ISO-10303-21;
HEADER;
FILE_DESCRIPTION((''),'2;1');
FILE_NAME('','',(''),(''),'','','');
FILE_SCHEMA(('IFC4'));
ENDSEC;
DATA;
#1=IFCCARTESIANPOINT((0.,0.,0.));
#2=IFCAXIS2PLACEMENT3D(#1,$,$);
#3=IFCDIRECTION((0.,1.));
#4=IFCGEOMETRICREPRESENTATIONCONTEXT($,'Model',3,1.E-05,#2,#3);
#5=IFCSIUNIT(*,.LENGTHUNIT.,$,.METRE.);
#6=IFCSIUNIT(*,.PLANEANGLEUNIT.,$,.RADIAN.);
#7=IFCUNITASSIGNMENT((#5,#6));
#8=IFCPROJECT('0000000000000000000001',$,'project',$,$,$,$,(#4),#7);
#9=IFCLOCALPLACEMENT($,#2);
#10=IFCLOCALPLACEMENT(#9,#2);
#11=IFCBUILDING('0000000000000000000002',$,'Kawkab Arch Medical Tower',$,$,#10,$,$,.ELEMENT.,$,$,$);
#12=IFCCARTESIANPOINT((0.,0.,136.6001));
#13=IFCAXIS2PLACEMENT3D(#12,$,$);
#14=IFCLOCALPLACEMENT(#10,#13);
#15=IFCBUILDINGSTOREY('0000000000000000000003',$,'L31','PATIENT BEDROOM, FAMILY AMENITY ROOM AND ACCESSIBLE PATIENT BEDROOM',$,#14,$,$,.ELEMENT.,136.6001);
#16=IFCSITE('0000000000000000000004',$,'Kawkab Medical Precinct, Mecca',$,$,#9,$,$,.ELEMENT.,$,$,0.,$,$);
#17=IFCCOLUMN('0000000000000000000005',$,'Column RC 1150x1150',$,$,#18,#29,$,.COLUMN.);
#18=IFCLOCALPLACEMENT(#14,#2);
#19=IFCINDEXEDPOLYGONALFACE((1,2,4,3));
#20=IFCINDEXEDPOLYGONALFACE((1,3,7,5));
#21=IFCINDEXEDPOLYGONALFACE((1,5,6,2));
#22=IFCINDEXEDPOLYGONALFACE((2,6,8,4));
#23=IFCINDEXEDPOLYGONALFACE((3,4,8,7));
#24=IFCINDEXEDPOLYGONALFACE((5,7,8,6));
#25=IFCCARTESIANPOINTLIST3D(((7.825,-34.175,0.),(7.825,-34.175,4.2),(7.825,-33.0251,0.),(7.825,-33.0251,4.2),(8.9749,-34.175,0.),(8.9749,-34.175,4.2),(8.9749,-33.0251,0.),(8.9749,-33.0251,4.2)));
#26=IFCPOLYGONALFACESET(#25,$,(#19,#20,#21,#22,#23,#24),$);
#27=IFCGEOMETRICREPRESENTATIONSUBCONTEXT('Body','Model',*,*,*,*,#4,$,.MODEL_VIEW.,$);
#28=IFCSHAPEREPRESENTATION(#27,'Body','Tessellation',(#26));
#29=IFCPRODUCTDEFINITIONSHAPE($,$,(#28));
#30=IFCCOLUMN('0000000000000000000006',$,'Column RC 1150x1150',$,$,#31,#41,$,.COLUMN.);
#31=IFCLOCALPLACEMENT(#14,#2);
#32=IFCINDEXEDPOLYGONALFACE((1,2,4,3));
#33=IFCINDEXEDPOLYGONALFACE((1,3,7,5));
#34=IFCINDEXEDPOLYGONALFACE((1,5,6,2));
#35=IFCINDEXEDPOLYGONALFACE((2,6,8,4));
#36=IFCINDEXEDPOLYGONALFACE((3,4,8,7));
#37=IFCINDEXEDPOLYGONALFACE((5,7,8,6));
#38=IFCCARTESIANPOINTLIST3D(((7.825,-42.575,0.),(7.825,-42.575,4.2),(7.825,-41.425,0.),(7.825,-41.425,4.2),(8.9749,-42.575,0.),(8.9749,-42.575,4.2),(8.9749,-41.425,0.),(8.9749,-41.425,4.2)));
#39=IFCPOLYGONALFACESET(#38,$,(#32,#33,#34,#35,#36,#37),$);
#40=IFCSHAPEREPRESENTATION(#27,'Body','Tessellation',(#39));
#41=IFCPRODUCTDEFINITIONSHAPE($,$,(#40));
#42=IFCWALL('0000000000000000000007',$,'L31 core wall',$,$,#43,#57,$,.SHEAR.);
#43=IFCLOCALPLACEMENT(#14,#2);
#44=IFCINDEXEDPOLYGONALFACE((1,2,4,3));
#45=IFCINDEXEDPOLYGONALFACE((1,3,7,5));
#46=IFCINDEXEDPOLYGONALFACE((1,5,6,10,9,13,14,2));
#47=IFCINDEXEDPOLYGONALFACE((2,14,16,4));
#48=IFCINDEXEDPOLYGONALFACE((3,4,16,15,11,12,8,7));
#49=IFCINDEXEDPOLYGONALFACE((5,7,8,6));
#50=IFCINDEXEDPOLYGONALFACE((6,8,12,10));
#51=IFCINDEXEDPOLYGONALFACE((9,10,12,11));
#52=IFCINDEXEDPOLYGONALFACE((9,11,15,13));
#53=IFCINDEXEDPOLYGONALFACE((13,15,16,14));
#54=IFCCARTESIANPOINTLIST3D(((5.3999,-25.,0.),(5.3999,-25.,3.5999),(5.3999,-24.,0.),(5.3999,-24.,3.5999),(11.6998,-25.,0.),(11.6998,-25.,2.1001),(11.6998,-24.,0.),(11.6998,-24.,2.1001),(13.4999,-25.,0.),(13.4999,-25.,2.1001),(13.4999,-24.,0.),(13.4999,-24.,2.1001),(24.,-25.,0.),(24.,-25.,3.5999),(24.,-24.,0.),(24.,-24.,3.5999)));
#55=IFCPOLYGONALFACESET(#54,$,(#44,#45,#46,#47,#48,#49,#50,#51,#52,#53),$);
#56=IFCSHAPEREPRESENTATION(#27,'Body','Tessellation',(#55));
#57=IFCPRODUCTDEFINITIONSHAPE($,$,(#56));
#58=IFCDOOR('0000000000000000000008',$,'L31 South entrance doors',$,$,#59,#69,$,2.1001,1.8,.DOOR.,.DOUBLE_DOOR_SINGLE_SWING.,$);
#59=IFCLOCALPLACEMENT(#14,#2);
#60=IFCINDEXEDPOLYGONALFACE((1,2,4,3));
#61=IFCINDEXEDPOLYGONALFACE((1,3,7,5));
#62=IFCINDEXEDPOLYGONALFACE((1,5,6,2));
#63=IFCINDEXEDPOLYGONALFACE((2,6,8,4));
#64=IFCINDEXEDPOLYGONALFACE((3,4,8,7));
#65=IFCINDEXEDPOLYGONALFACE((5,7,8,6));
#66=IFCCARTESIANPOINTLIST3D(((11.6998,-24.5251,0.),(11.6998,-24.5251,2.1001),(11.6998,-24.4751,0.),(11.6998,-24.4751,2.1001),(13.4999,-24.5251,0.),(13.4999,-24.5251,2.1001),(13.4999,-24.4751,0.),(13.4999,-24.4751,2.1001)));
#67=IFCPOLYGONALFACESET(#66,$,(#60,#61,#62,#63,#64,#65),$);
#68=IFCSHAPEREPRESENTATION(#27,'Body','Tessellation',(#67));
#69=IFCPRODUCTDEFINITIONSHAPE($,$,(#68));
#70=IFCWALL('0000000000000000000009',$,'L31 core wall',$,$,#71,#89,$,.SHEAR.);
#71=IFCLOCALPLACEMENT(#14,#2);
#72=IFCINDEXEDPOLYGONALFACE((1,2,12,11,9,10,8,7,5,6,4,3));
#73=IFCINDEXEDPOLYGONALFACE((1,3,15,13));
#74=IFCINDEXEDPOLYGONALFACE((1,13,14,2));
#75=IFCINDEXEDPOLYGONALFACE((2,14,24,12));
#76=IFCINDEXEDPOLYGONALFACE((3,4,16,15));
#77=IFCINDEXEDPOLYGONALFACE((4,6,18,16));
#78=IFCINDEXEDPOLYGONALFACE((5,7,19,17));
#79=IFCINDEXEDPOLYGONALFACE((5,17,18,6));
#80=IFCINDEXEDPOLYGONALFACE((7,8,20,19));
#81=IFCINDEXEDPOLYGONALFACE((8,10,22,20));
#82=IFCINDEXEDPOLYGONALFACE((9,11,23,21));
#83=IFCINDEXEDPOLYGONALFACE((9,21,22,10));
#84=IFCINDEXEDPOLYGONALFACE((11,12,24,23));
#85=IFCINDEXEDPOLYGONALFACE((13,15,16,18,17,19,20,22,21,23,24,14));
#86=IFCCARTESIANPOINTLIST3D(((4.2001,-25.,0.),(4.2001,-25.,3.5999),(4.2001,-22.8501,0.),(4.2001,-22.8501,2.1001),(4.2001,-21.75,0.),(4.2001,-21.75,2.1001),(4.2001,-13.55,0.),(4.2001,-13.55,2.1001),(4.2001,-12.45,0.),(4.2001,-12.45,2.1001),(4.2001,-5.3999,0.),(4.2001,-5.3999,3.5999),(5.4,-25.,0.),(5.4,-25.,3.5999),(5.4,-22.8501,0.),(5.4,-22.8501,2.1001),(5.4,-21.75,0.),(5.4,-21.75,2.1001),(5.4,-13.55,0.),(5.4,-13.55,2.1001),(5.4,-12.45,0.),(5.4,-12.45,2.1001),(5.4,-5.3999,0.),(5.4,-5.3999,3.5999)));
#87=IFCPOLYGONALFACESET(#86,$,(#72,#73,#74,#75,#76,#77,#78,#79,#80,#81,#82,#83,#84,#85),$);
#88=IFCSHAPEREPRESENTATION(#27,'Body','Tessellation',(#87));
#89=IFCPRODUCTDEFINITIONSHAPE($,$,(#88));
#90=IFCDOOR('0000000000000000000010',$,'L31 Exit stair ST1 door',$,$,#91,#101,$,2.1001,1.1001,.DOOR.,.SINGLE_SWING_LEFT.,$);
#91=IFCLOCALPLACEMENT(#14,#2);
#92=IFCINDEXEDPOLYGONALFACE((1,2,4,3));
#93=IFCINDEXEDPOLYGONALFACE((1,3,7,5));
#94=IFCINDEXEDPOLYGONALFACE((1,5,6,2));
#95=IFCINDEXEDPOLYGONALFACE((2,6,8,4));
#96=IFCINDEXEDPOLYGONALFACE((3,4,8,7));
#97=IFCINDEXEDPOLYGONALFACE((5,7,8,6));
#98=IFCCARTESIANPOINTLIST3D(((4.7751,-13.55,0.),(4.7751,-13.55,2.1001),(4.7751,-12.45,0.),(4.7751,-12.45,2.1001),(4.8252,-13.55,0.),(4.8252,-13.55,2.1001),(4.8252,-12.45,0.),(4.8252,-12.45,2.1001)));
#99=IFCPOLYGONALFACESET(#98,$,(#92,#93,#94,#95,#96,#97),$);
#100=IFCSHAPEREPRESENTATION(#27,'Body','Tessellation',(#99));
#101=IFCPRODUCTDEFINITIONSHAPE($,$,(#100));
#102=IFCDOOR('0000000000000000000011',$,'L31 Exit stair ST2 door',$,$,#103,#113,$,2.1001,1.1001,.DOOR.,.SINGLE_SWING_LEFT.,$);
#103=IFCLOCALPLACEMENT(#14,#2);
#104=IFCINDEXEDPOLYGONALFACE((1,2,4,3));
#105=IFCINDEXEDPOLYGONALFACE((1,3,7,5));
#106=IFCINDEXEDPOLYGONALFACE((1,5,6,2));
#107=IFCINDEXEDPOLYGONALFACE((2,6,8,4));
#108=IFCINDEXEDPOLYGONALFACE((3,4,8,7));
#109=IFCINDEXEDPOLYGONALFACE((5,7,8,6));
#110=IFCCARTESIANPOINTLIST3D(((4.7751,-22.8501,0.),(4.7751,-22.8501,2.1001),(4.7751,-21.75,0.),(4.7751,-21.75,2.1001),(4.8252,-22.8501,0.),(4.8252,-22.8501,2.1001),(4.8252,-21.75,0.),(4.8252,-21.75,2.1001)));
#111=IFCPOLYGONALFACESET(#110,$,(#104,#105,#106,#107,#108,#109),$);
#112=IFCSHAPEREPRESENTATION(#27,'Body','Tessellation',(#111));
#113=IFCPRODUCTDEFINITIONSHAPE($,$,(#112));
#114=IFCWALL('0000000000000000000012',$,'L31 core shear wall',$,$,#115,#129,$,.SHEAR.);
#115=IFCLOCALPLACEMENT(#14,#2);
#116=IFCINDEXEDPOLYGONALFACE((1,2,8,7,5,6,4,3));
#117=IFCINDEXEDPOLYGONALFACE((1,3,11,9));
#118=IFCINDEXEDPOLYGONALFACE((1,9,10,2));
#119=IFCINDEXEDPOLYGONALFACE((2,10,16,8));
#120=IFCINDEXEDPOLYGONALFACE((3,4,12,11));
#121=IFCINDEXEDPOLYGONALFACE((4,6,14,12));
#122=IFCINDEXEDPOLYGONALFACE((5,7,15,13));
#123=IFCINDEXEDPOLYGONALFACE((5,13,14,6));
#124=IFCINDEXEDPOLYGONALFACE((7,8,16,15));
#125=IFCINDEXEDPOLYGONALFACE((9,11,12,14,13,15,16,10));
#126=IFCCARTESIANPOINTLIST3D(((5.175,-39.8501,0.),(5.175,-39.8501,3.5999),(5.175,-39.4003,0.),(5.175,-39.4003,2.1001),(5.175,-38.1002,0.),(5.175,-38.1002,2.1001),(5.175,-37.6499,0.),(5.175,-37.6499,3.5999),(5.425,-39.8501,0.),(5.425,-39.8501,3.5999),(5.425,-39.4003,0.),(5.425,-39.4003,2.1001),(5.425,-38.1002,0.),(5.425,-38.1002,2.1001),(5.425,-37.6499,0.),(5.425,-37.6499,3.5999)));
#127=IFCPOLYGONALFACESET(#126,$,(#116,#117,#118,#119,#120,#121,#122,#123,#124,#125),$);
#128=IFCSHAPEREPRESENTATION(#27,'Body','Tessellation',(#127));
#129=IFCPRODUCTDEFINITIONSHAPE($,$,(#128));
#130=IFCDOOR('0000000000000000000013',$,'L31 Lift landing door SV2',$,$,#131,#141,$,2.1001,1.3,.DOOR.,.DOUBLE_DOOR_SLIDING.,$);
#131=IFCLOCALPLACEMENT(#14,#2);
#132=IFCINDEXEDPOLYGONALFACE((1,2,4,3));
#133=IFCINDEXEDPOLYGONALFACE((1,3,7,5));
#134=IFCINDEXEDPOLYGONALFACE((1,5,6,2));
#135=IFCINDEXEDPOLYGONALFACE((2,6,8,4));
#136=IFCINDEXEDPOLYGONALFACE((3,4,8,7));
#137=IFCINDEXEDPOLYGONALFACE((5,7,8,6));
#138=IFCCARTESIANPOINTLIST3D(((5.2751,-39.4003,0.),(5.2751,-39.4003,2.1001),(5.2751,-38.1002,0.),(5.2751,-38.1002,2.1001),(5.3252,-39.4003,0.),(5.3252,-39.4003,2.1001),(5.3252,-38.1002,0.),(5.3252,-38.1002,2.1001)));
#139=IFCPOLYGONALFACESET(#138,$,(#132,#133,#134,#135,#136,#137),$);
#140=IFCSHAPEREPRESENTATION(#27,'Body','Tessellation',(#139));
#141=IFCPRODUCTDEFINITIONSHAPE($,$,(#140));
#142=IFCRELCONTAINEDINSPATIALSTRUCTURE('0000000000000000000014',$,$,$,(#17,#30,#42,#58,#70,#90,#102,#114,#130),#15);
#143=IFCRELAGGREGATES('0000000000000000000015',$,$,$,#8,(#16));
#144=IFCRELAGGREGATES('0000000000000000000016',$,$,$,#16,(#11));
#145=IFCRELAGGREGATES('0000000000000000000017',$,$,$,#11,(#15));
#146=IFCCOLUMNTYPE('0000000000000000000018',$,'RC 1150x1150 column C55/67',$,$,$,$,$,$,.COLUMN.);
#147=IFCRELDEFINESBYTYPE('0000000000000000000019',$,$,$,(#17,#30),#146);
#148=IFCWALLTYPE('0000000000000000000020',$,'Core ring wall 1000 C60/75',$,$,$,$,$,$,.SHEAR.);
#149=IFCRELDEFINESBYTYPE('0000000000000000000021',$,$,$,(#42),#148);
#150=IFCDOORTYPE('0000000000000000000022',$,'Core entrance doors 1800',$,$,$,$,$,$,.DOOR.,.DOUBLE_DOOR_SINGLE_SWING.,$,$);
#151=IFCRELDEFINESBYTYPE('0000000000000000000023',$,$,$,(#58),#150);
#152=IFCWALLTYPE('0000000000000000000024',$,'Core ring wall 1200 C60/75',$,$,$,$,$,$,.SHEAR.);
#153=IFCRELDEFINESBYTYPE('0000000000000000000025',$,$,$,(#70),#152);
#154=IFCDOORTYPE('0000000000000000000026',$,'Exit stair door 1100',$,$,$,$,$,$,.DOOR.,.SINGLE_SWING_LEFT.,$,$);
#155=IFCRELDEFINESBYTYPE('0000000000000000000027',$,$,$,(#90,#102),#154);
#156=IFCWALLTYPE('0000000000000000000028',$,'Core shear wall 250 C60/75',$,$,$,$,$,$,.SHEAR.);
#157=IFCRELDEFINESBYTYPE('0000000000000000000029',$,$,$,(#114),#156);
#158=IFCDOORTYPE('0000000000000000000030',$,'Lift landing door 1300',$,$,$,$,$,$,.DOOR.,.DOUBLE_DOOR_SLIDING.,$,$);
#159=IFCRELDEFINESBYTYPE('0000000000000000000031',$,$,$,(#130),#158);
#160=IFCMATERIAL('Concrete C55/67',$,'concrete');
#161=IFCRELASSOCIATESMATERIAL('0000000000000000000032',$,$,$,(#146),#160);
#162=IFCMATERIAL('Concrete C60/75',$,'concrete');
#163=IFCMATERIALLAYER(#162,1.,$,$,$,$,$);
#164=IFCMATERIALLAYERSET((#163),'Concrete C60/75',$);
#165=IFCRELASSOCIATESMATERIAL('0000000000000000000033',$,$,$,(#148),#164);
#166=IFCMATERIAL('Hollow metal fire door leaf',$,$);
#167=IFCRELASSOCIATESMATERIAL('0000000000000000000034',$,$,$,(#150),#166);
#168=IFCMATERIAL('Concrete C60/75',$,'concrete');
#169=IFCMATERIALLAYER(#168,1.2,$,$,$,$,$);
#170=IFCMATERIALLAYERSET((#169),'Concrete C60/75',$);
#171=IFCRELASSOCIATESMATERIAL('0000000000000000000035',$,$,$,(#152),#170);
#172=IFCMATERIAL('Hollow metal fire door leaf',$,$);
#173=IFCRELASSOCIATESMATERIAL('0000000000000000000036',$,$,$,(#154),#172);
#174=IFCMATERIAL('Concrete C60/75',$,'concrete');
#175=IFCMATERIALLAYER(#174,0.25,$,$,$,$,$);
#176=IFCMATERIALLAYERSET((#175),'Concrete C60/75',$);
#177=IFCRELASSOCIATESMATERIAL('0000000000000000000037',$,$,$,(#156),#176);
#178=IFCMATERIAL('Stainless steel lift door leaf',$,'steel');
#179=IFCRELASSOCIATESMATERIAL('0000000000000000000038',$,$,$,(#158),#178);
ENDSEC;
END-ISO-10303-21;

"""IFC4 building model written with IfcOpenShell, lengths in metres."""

from ifc_helpers import new_model, si_unit, direction, frame, frame_2d, origin, origin_2d, place, context, subcontext, project, spatial, rectangle, extrude, material, layer, layer_set, material_profile, profile_set, type_object, element, fill, save


model = new_model("IFC4")

# Units and contexts
model_context = context("Model", 3, precision=1e-05, world=origin(), true_north=direction((0.0, 1.0)))
body_context = subcontext(model_context, "Body", "Model", "MODEL_VIEW")
ifc_project = project(units=[si_unit("LENGTHUNIT", "METRE"), si_unit("PLANEANGLEUNIT", "RADIAN")], contexts=[model_context])

# Site, building, storey
site_placement = place(None, origin())
site = spatial("IfcSite", under=ifc_project, at=site_placement, Name="Kawkab Medical Precinct, Mecca", CompositionType="ELEMENT", RefElevation=0.0)
building_placement = place(site_placement, origin())
building = spatial("IfcBuilding", under=site, at=building_placement, Name="Kawkab Arch Medical Tower", CompositionType="ELEMENT")
storey_placement = place(building_placement, frame((0.0, 0.0, 136.6001)))
storey = spatial("IfcBuildingStorey", under=building, at=storey_placement, Name="L31", Description="PATIENT BEDROOM, FAMILY AMENITY ROOM AND ACCESSIBLE PATIENT BEDROOM", CompositionType="ELEMENT", Elevation=136.6001)

# Columns
ifc_material_1 = material(Name="Concrete C55/67", Category="concrete")
ifc_material_profile = material_profile(ifc_material_1, rectangle(XDim=1.1499, YDim=1.1499, at=origin_2d()), Name="RC 1150x1150")
ifc_profile_set = profile_set([ifc_material_profile], Name="Concrete C55/67")
column_type = type_object("IfcColumnType", Name="RC 1150x1150 column C55/67", PredefinedType="COLUMN", material=ifc_profile_set)
for number, where, z_axis, x_axis, name in (
    (1, (8.3999, -33.6001, 0.0), (0.0, 0.0, 1.0), (1.0, 0.0, 0.0), "Column RC 1150x1150"),
    (2, (8.3999, -42.0, 0.0), (0.0, 0.0, 1.0), (1.0, 0.0, 0.0), "Column RC 1150x1150"),
):
    element("IfcColumn", number, at=place(storey_placement, frame(where, z_axis=z_axis, x_axis=x_axis)), inside=storey, type_object=column_type, Name=name, PredefinedType="COLUMN", context=body_context, shape_type="SweptSolid", body=[
        extrude(rectangle(XDim=1.1499, YDim=1.1499, at=origin_2d()), origin(), (0.0, 0.0, 1.0), 4.2),
    ])

# Wall, opening, door
ifc_material_2 = material(Name="Concrete C60/75", Category="concrete")
ifc_layer_1 = layer(ifc_material_2, 1.0)
ifc_layer_set_1 = layer_set([ifc_layer_1], Name="Concrete C60/75")
wall_type_1 = type_object("IfcWallType", Name="Core ring wall 1000 C60/75", PredefinedType="SHEAR", material=ifc_layer_set_1)
wall_1_placement = place(storey_placement, frame((5.3999, -24.5, 0.0), z_axis=(0.0, 0.0, 1.0), x_axis=(1.0, 0.0, 0.0)))
wall_1 = element("IfcWall", 3, at=wall_1_placement, inside=storey, type_object=wall_type_1, Name="L31 core wall", PredefinedType="SHEAR", context=body_context, shape_type="SweptSolid", body=[
    extrude(rectangle(XDim=18.6001, YDim=1.0, at=frame_2d((9.3, 0.0))), origin(), (0.0, 0.0, 1.0), 3.5999),
])
opening_1_placement = place(wall_1_placement, frame((6.3, 0.0, 0.0)))
opening_1 = element("IfcOpeningElement", 4, at=opening_1_placement, cuts=wall_1, PredefinedType="OPENING", context=body_context, shape_type="SweptSolid", body=[
    extrude(rectangle(XDim=1.8, YDim=2.1001, at=frame_2d((0.8999, 1.05))), frame((0.0, 0.51, 0.0), z_axis=(0.0, -1.0, 0.0), x_axis=(1.0, 0.0, 0.0)), (0.0, 0.0, 1.0), 1.02),
])
ifc_material_3 = material(Name="Hollow metal fire door leaf")
door_type_1 = type_object("IfcDoorType", Name="Core entrance doors 1800", OperationType="DOUBLE_DOOR_SINGLE_SWING", PredefinedType="DOOR", material=ifc_material_3)
door_1_placement = place(opening_1_placement, origin())
door_1 = element("IfcDoor", 5, at=door_1_placement, inside=storey, type_object=door_type_1, Name="L31 South entrance doors", OperationType="DOUBLE_DOOR_SINGLE_SWING", OverallHeight=2.1001, OverallWidth=1.8, PredefinedType="DOOR", context=body_context, shape_type="SweptSolid", body=[
    extrude(rectangle(XDim=1.8, YDim=2.1001, at=frame_2d((0.8999, 1.05))), frame((0.0, 0.0249, 0.0), z_axis=(0.0, -1.0, 0.0), x_axis=(1.0, 0.0, 0.0)), (0.0, 0.0, 1.0), 0.05),
])
fill(opening_1, door_1)

# Wall, openings, doors
ifc_material_4 = material(Name="Concrete C60/75", Category="concrete")
ifc_layer_2 = layer(ifc_material_4, 1.2)
ifc_layer_set_2 = layer_set([ifc_layer_2], Name="Concrete C60/75")
wall_type_2 = type_object("IfcWallType", Name="Core ring wall 1200 C60/75", PredefinedType="SHEAR", material=ifc_layer_set_2)
wall_2_placement = place(storey_placement, frame((4.8, -25.0, 0.0), z_axis=(0.0, 0.0, 1.0), x_axis=(0.0, 1.0, 0.0)))
wall_2 = element("IfcWall", 6, at=wall_2_placement, inside=storey, type_object=wall_type_2, Name="L31 core wall", PredefinedType="SHEAR", context=body_context, shape_type="SweptSolid", body=[
    extrude(rectangle(XDim=19.6001, YDim=1.2, at=frame_2d((9.8, 0.0))), origin(), (0.0, 0.0, 1.0), 3.5999),
])
opening_2_placement = place(wall_2_placement, frame((11.45, 0.0, 0.0)))
opening_2 = element("IfcOpeningElement", 7, at=opening_2_placement, cuts=wall_2, PredefinedType="OPENING", context=body_context, shape_type="SweptSolid", body=[
    extrude(rectangle(XDim=1.1001, YDim=2.1001, at=frame_2d((0.55, 1.05))), frame((0.0, 0.6099, 0.0), z_axis=(0.0, -1.0, 0.0), x_axis=(1.0, 0.0, 0.0)), (0.0, 0.0, 1.0), 1.22),
])
opening_3_placement = place(wall_2_placement, frame((2.1499, 0.0, 0.0)))
opening_3 = element("IfcOpeningElement", 8, at=opening_3_placement, cuts=wall_2, PredefinedType="OPENING", context=body_context, shape_type="SweptSolid", body=[
    extrude(rectangle(XDim=1.1001, YDim=2.1001, at=frame_2d((0.55, 1.05))), frame((0.0, 0.6099, 0.0), z_axis=(0.0, -1.0, 0.0), x_axis=(1.0, 0.0, 0.0)), (0.0, 0.0, 1.0), 1.22),
])
ifc_material_5 = material(Name="Hollow metal fire door leaf")
door_type_2 = type_object("IfcDoorType", Name="Exit stair door 1100", OperationType="SINGLE_SWING_LEFT", PredefinedType="DOOR", material=ifc_material_5)
door_2_placement = place(opening_2_placement, origin())
door_2 = element("IfcDoor", 9, at=door_2_placement, inside=storey, type_object=door_type_2, Name="L31 Exit stair ST1 door", OperationType="SINGLE_SWING_LEFT", OverallHeight=2.1001, OverallWidth=1.1001, PredefinedType="DOOR", context=body_context, shape_type="SweptSolid", body=[
    extrude(rectangle(XDim=1.1001, YDim=2.1001, at=frame_2d((0.55, 1.05))), frame((0.0, 0.0249, 0.0), z_axis=(0.0, -1.0, 0.0), x_axis=(1.0, 0.0, 0.0)), (0.0, 0.0, 1.0), 0.05),
])
fill(opening_2, door_2)
door_3_placement = place(opening_3_placement, origin())
door_3 = element("IfcDoor", 10, at=door_3_placement, inside=storey, type_object=door_type_2, Name="L31 Exit stair ST2 door", OperationType="SINGLE_SWING_LEFT", OverallHeight=2.1001, OverallWidth=1.1001, PredefinedType="DOOR", context=body_context, shape_type="SweptSolid", body=[
    extrude(rectangle(XDim=1.1001, YDim=2.1001, at=frame_2d((0.55, 1.05))), frame((0.0, 0.0249, 0.0), z_axis=(0.0, -1.0, 0.0), x_axis=(1.0, 0.0, 0.0)), (0.0, 0.0, 1.0), 0.05),
])
fill(opening_3, door_3)

# Wall, opening, door
ifc_material_6 = material(Name="Concrete C60/75", Category="concrete")
ifc_layer_3 = layer(ifc_material_6, 0.25)
ifc_layer_set_3 = layer_set([ifc_layer_3], Name="Concrete C60/75")
wall_type_3 = type_object("IfcWallType", Name="Core shear wall 250 C60/75", PredefinedType="SHEAR", material=ifc_layer_set_3)
wall_3_placement = place(storey_placement, frame((5.3, -39.8501, 0.0), z_axis=(0.0, 0.0, 1.0), x_axis=(0.0, 1.0, 0.0)))
wall_3 = element("IfcWall", 11, at=wall_3_placement, inside=storey, type_object=wall_type_3, Name="L31 core shear wall", PredefinedType="SHEAR", context=body_context, shape_type="SweptSolid", body=[
    extrude(rectangle(XDim=2.2002, YDim=0.25, at=frame_2d((1.1001, 0.0))), origin(), (0.0, 0.0, 1.0), 3.5999),
])
opening_4_placement = place(wall_3_placement, frame((0.45, 0.0, 0.0)))
opening_4 = element("IfcOpeningElement", 12, at=opening_4_placement, cuts=wall_3, PredefinedType="OPENING", context=body_context, shape_type="SweptSolid", body=[
    extrude(rectangle(XDim=1.3, YDim=2.1001, at=frame_2d((0.6499, 1.05))), frame((0.0, 0.135, 0.0), z_axis=(0.0, -1.0, 0.0), x_axis=(1.0, 0.0, 0.0)), (0.0, 0.0, 1.0), 0.27),
])
ifc_material_7 = material(Name="Stainless steel lift door leaf", Category="steel")
door_type_3 = type_object("IfcDoorType", Name="Lift landing door 1300", OperationType="DOUBLE_DOOR_SLIDING", PredefinedType="DOOR", material=ifc_material_7)
door_4_placement = place(opening_4_placement, origin())
door_4 = element("IfcDoor", 13, at=door_4_placement, inside=storey, type_object=door_type_3, Name="L31 Lift landing door SV2", OperationType="DOUBLE_DOOR_SLIDING", OverallHeight=2.1001, OverallWidth=1.3, PredefinedType="DOOR", context=body_context, shape_type="SweptSolid", body=[
    extrude(rectangle(XDim=1.3, YDim=2.1001, at=frame_2d((0.6499, 1.05))), frame((0.0, 0.0249, 0.0), z_axis=(0.0, -1.0, 0.0), x_axis=(1.0, 0.0, 0.0)), (0.0, 0.0, 1.0), 0.05),
])
fill(opening_4, door_4)

save(model, "model.ifc")
